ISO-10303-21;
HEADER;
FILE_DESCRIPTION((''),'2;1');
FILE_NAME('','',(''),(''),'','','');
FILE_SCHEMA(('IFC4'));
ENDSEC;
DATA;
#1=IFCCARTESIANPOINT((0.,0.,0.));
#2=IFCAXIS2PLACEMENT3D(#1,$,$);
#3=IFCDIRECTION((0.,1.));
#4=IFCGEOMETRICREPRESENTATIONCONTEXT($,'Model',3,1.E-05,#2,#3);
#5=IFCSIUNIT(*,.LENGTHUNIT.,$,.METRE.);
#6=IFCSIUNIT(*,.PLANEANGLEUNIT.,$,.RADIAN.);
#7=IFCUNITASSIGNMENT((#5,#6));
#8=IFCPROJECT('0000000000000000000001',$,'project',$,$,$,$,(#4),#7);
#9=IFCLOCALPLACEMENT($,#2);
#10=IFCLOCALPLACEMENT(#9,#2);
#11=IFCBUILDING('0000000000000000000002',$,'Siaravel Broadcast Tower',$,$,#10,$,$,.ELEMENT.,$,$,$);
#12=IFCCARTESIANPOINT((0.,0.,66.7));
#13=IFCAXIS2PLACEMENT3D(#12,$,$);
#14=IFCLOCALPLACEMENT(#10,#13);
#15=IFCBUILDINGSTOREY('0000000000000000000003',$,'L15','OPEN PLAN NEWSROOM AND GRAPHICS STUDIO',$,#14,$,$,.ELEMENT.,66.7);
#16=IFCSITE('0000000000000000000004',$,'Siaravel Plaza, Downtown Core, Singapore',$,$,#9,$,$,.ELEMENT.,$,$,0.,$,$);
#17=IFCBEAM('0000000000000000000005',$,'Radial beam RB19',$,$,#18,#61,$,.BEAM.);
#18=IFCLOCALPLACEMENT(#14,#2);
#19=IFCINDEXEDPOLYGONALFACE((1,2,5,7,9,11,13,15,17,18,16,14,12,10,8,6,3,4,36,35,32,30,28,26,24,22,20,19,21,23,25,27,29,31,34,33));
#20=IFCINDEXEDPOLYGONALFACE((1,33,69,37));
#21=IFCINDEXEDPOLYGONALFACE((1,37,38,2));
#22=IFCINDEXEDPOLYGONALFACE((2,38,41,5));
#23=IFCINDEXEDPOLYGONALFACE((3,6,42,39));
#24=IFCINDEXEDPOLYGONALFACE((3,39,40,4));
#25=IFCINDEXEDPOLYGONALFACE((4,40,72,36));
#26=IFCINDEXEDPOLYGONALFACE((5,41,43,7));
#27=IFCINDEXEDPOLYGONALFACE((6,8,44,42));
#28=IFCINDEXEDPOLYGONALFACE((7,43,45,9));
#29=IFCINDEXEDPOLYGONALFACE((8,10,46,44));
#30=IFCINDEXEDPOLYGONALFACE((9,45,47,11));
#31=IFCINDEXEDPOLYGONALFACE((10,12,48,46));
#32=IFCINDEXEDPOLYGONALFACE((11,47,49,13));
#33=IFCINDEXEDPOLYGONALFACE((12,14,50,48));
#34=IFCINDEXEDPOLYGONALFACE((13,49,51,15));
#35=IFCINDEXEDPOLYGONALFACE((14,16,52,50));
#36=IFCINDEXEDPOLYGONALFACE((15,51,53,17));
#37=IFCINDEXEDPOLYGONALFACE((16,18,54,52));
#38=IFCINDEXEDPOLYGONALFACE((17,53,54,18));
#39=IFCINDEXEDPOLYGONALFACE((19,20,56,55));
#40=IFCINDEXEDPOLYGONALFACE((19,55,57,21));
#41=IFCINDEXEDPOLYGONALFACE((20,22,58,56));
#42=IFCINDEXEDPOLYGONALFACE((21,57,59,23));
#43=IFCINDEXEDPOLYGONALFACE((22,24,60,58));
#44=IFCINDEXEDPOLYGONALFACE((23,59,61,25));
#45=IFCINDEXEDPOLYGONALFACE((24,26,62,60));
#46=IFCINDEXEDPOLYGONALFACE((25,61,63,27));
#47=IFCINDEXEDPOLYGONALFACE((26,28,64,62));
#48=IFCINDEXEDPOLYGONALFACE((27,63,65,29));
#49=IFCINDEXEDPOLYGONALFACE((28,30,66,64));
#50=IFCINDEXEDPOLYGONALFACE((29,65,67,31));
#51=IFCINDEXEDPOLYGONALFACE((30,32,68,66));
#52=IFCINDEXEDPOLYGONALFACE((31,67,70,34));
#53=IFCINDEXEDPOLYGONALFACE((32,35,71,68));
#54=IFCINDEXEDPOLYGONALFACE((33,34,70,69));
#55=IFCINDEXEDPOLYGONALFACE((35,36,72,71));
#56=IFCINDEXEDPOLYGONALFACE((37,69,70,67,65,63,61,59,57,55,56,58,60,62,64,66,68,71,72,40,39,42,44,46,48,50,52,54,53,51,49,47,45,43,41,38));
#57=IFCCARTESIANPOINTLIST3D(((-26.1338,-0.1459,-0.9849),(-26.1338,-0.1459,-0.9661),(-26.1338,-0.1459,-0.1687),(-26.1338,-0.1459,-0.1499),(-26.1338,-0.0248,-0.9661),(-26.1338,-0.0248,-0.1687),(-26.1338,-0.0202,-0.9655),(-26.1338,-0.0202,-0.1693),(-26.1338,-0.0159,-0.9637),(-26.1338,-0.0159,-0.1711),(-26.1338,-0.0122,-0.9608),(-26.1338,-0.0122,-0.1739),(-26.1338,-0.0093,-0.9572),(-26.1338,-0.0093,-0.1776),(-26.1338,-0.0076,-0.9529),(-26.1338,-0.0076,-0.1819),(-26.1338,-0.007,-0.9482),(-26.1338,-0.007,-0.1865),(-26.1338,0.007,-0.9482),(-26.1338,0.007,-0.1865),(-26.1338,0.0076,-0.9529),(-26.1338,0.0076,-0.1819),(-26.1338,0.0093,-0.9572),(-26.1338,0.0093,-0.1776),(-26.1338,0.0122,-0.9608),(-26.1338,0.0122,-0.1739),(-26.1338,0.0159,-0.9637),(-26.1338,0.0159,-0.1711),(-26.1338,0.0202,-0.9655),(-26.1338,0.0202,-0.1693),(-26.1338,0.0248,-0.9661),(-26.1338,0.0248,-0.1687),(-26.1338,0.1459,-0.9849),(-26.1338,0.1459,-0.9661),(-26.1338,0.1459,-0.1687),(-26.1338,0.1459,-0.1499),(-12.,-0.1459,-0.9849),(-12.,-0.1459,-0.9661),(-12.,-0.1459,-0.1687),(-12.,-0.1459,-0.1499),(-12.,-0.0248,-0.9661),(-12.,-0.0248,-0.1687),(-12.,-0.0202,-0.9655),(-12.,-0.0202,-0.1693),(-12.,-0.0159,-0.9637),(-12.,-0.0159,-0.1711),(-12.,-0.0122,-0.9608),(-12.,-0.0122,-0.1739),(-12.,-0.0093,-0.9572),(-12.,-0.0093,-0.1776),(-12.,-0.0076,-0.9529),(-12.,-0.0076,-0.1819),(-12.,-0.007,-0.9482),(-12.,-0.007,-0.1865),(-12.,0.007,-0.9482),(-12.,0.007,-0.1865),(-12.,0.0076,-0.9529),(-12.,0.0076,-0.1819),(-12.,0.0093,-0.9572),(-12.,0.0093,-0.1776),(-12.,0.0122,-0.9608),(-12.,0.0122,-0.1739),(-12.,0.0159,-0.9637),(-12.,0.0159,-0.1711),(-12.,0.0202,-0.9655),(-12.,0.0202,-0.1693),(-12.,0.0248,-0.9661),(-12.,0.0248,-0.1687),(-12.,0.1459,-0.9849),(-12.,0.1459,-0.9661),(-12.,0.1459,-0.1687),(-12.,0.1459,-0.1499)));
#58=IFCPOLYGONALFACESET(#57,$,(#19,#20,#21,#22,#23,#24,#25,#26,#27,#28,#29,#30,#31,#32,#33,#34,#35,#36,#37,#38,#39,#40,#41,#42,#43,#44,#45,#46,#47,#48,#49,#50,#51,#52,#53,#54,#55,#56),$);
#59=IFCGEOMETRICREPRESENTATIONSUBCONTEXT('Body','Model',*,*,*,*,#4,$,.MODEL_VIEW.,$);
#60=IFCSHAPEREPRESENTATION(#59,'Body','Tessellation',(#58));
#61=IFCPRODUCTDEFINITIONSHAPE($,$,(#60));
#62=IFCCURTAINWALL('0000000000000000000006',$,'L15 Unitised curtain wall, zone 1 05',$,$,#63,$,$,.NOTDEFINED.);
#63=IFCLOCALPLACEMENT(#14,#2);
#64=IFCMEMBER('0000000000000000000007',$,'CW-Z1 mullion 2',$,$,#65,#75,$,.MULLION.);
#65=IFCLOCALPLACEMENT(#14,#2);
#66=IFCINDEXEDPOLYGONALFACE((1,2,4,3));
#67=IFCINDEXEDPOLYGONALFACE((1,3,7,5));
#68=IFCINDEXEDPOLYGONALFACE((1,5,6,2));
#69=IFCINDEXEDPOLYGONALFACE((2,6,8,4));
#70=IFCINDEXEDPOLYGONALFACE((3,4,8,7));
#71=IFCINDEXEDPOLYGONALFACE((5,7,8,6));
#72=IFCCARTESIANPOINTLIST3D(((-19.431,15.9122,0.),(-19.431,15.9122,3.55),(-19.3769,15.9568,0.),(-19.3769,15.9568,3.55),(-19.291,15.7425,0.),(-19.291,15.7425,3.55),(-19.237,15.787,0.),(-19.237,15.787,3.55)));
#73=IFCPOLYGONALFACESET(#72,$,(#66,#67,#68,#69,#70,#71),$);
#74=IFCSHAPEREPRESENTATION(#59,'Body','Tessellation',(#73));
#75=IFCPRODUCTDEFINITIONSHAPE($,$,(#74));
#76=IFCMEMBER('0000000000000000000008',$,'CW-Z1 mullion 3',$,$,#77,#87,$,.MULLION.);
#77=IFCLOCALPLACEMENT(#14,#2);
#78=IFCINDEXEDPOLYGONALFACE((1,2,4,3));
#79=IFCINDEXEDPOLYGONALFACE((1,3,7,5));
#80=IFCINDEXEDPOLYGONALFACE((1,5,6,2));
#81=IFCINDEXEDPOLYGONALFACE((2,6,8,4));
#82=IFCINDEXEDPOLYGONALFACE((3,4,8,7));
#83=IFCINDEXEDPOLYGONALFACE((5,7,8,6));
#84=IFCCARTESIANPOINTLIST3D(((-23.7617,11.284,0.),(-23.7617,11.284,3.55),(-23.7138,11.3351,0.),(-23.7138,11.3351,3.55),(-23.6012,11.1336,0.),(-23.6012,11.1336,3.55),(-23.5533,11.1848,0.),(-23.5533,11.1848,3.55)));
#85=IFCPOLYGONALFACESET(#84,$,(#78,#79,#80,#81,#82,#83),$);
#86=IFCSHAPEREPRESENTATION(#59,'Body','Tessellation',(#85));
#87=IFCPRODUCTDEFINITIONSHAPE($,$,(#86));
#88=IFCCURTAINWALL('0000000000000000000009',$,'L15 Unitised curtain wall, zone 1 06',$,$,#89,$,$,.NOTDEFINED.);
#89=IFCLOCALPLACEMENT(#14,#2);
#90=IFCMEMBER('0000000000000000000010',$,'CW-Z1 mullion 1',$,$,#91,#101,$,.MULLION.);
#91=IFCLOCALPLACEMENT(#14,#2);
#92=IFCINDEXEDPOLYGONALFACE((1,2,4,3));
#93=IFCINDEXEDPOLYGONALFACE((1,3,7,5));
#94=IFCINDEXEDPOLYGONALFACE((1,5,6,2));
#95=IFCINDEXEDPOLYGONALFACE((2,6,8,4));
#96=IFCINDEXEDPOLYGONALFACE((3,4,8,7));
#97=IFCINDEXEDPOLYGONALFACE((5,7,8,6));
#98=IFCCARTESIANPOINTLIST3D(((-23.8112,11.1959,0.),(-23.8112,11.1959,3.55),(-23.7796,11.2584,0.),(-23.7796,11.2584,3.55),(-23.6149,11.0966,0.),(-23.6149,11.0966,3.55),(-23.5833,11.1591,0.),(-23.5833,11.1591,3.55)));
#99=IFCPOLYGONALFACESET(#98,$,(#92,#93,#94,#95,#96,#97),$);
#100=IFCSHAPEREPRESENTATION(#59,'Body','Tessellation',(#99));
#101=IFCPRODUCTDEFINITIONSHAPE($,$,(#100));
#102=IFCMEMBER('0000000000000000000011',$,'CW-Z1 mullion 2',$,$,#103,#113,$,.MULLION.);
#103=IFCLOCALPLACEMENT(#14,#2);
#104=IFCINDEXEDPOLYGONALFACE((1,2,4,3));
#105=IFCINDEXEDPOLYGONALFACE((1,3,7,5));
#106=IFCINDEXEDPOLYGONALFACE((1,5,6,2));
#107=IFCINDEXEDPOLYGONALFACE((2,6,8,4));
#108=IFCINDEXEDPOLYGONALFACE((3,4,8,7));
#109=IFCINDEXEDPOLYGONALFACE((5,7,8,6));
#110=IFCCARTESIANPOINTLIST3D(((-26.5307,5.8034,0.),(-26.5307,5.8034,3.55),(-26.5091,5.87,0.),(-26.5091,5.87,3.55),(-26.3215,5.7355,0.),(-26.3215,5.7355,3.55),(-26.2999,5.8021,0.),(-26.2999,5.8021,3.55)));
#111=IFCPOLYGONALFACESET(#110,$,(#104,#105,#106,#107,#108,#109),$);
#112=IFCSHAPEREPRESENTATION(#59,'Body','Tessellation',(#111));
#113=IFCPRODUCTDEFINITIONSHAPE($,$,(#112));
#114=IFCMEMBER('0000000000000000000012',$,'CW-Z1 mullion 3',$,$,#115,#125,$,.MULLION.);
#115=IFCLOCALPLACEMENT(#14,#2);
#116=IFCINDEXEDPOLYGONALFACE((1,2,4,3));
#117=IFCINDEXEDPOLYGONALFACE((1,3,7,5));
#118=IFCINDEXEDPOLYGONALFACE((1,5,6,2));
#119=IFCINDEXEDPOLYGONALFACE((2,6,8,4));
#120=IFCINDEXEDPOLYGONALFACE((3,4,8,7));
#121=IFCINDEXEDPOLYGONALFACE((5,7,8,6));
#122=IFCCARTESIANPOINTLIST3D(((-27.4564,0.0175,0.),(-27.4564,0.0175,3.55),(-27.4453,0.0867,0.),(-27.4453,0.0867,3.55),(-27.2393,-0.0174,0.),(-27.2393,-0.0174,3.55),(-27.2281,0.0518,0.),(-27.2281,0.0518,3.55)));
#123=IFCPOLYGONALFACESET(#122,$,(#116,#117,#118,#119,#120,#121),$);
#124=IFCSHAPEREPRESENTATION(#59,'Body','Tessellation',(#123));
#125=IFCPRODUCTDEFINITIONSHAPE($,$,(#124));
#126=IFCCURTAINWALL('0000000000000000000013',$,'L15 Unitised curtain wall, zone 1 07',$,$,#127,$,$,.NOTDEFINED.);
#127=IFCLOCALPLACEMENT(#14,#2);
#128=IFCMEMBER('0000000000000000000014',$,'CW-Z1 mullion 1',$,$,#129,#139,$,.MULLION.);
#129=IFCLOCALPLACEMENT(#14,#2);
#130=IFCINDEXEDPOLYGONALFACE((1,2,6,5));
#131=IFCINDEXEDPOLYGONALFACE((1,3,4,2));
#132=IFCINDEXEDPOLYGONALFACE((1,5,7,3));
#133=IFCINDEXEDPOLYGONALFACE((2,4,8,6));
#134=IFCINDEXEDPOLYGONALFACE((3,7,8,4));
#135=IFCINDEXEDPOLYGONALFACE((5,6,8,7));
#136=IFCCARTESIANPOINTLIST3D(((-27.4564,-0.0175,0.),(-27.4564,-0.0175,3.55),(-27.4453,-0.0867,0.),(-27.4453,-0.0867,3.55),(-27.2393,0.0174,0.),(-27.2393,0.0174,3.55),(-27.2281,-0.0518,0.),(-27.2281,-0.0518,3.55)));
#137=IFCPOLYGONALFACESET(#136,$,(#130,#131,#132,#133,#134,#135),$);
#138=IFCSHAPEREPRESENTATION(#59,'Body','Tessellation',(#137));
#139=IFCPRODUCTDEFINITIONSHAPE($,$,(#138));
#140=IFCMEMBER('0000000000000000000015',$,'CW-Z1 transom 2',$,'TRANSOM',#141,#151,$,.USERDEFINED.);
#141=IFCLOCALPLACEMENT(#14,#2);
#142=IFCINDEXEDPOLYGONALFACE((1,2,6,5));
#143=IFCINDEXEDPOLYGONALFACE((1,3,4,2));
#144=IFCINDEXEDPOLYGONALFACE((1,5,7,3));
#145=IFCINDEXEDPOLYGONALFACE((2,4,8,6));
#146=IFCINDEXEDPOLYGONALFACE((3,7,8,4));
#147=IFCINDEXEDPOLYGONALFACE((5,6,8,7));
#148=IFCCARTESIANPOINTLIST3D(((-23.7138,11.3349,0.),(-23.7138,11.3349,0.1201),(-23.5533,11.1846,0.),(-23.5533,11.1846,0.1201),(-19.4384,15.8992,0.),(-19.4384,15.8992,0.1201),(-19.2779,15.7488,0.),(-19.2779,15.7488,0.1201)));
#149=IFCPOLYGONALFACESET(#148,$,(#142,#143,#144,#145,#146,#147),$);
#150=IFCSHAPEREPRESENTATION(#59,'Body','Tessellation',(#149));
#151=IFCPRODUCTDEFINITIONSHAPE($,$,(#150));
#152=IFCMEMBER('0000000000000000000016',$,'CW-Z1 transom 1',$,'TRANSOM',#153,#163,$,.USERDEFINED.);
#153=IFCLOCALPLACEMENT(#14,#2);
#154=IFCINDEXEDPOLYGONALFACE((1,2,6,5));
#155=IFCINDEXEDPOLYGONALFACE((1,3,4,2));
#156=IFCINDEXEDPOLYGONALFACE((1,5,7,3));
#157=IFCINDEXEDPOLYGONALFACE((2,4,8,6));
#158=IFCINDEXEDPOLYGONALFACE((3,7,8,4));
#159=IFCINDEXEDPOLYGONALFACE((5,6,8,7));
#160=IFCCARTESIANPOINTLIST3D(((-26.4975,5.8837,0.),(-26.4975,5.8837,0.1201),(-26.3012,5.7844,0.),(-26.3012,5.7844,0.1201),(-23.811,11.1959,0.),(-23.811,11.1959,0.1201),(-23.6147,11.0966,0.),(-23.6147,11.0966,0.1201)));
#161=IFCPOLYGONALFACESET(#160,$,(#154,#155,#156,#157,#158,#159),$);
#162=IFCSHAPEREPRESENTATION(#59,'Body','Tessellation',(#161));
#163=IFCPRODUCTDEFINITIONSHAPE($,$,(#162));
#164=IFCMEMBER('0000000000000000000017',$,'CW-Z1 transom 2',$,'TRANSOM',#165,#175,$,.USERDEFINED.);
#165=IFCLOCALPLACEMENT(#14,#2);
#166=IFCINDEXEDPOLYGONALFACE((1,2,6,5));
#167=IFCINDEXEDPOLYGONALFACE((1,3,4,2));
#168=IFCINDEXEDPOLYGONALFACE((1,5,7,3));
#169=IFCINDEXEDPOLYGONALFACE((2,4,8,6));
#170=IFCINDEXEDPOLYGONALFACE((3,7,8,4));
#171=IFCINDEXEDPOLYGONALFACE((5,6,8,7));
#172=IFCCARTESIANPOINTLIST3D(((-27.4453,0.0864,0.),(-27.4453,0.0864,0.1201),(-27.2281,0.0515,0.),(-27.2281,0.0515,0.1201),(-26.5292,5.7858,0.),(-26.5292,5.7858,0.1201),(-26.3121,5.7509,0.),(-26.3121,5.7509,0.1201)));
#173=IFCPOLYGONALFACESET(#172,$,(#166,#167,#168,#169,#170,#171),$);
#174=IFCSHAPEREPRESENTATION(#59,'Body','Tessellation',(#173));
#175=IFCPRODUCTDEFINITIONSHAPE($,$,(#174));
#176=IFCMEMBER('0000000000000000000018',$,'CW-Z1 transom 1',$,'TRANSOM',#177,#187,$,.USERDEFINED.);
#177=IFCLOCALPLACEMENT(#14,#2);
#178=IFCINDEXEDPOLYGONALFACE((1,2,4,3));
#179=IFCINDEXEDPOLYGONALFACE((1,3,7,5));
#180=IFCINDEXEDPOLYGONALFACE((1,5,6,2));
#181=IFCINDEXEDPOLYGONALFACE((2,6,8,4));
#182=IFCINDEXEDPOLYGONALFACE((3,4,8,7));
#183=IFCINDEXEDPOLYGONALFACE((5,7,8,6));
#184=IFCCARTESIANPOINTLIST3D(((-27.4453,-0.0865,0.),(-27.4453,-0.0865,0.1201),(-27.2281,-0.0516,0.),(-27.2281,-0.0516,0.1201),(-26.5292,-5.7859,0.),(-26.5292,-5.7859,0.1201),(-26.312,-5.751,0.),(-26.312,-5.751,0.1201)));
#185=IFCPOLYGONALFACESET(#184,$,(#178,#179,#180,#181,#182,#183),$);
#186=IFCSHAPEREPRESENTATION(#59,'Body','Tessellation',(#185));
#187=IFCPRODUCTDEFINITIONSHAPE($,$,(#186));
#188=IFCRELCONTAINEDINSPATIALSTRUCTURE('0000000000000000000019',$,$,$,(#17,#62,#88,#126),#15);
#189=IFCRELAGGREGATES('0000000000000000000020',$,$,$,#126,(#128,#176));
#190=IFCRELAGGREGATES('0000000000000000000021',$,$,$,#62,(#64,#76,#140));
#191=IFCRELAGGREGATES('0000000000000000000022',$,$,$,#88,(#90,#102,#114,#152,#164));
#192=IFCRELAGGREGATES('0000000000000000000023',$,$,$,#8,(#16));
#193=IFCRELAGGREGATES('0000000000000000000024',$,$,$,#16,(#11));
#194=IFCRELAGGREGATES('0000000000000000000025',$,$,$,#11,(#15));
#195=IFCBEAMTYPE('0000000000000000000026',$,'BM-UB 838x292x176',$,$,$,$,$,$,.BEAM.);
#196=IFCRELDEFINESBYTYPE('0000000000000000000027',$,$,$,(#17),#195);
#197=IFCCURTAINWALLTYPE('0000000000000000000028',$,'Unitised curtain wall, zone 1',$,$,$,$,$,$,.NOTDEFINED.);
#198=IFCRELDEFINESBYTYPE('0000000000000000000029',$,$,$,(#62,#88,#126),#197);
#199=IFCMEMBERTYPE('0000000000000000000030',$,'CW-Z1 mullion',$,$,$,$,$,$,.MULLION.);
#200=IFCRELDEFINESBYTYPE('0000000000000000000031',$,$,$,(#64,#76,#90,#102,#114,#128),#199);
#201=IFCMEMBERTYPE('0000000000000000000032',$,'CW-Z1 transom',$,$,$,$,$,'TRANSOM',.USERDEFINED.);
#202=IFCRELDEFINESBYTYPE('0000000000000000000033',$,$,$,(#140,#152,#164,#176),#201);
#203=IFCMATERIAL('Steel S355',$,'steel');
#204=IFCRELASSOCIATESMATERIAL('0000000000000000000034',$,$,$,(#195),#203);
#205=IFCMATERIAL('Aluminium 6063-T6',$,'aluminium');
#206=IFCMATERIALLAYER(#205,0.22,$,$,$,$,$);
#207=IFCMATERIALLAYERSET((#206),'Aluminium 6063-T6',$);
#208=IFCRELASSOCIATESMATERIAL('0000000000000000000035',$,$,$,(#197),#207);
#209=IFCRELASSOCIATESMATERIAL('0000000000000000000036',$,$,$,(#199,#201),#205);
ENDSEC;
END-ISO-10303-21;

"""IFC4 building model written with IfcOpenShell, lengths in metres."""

from ifc_helpers import new_model, si_unit, direction, frame, origin, origin_2d, place, context, subcontext, project, spatial, rectangle, i_section, extrude, material, layer, layer_set, material_profile, profile_set, type_object, element, aggregate, save


model = new_model("IFC4")

# Units and contexts
model_context = context("Model", 3, precision=1e-05, world=origin(), true_north=direction((0.0, 1.0)))
body_context = subcontext(model_context, "Body", "Model", "MODEL_VIEW")
ifc_project = project(units=[si_unit("LENGTHUNIT", "METRE"), si_unit("PLANEANGLEUNIT", "RADIAN")], contexts=[model_context])

# Site, building, storey
site_placement = place(None, origin())
site = spatial("IfcSite", under=ifc_project, at=site_placement, Name="Siaravel Plaza, Downtown Core, Singapore", CompositionType="ELEMENT", RefElevation=0.0)
building_placement = place(site_placement, origin())
building = spatial("IfcBuilding", under=site, at=building_placement, Name="Siaravel Broadcast Tower", CompositionType="ELEMENT")
storey_placement = place(building_placement, frame((0.0, 0.0, 66.7)))
storey = spatial("IfcBuildingStorey", under=building, at=storey_placement, Name="L15", Description="OPEN PLAN NEWSROOM AND GRAPHICS STUDIO", CompositionType="ELEMENT", Elevation=66.7)

# Beam
ifc_material_1 = material(Name="Steel S355", Category="steel")
ifc_material_profile_1 = material_profile(ifc_material_1, i_section(OverallWidth=0.2917, OverallDepth=0.835, WebThickness=0.0139, FlangeThickness=0.0188, FilletRadius=0.0178, at=origin_2d()))
ifc_profile_set_1 = profile_set([ifc_material_profile_1], Name="Steel S355")
beam_type = type_object("IfcBeamType", Name="BM-UB 838x292x176", PredefinedType="BEAM", material=ifc_profile_set_1)
beam_1_placement = place(storey_placement, frame((-26.1338, 0.0, -0.5674), z_axis=(1.0, 0.0, 0.0), x_axis=(0.0, 1.0, 0.0)))
element("IfcBeam", 1, at=beam_1_placement, inside=storey, type_object=beam_type, Name="Radial beam RB19", PredefinedType="BEAM", context=body_context, shape_type="SweptSolid", body=[
    extrude(i_section(OverallWidth=0.2917, OverallDepth=0.835, WebThickness=0.0139, FlangeThickness=0.0188, FilletRadius=0.0178, at=origin_2d()), origin(), (0.0, 0.0, 1.0), 14.1338),
])

# Curtain walls, members
ifc_material_2 = material(Name="Aluminium 6063-T6", Category="aluminium")
ifc_layer_1 = layer(ifc_material_2, 0.22)
ifc_layer_set_1 = layer_set([ifc_layer_1], Name="Aluminium 6063-T6")
curtain_wall_type = type_object("IfcCurtainWallType", Name="Unitised curtain wall, zone 1", PredefinedType="NOTDEFINED", material=ifc_layer_set_1)
curtain_wall_1_placement = place(storey_placement, origin())
curtain_wall_1 = element("IfcCurtainWall", 2, at=curtain_wall_1_placement, inside=storey, type_object=curtain_wall_type, Name="L15 Unitised curtain wall, zone 1 05", PredefinedType="NOTDEFINED")
ifc_material_profile_2 = material_profile(ifc_material_2, rectangle(XDim=0.22, YDim=0.0701, at=origin_2d()))
ifc_profile_set_2 = profile_set([ifc_material_profile_2], Name="Aluminium 6063-T6")
member_type_1 = type_object("IfcMemberType", Name="CW-Z1 mullion", PredefinedType="MULLION", material=ifc_profile_set_2)
member_1_placement = place(storey_placement, frame((-19.334, 15.8496, 0.0), z_axis=(0.0, 0.0, 1.0), x_axis=(0.636217, -0.77151, 0.0)))
member_1 = element("IfcMember", 3, at=member_1_placement, type_object=member_type_1, Name="CW-Z1 mullion 2", PredefinedType="MULLION", context=body_context, shape_type="SweptSolid", body=[
    extrude(rectangle(XDim=0.22, YDim=0.0701, at=origin_2d()), origin(), (0.0, 0.0, 1.0), 3.55),
])
member_2_placement = place(storey_placement, frame((-23.6575, 11.2344, 0.0), z_axis=(0.0, 0.0, 1.0), x_axis=(0.729804, -0.683657, 0.0)))
member_2 = element("IfcMember", 4, at=member_2_placement, type_object=member_type_1, Name="CW-Z1 mullion 3", PredefinedType="MULLION", context=body_context, shape_type="SweptSolid", body=[
    extrude(rectangle(XDim=0.22, YDim=0.0701, at=origin_2d()), origin(), (0.0, 0.0, 1.0), 3.55),
])
curtain_wall_2_placement = place(storey_placement, origin())
curtain_wall_2 = element("IfcCurtainWall", 5, at=curtain_wall_2_placement, inside=storey, type_object=curtain_wall_type, Name="L15 Unitised curtain wall, zone 1 06", PredefinedType="NOTDEFINED")
member_3_placement = place(storey_placement, frame((-23.6973, 11.1775, 0.0), z_axis=(0.0, 0.0, 1.0), x_axis=(0.892391, -0.451262, 0.0)))
member_3 = element("IfcMember", 6, at=member_3_placement, type_object=member_type_1, Name="CW-Z1 mullion 1", PredefinedType="MULLION", context=body_context, shape_type="SweptSolid", body=[
    extrude(rectangle(XDim=0.22, YDim=0.0701, at=origin_2d()), origin(), (0.0, 0.0, 1.0), 3.55),
])
member_4_placement = place(storey_placement, frame((-26.4153, 5.8027, 0.0), z_axis=(0.0, 0.0, 1.0), x_axis=(0.951177, -0.308646, 0.0)))
member_4 = element("IfcMember", 7, at=member_4_placement, type_object=member_type_1, Name="CW-Z1 mullion 2", PredefinedType="MULLION", context=body_context, shape_type="SweptSolid", body=[
    extrude(rectangle(XDim=0.22, YDim=0.0701, at=origin_2d()), origin(), (0.0, 0.0, 1.0), 3.55),
])
member_5_placement = place(storey_placement, frame((-27.3423, 0.0347, 0.0), z_axis=(0.0, 0.0, 1.0), x_axis=(0.987329, -0.158686, 0.0)))
member_5 = element("IfcMember", 8, at=member_5_placement, type_object=member_type_1, Name="CW-Z1 mullion 3", PredefinedType="MULLION", context=body_context, shape_type="SweptSolid", body=[
    extrude(rectangle(XDim=0.22, YDim=0.0701, at=origin_2d()), origin(), (0.0, 0.0, 1.0), 3.55),
])

# Curtain wall, member
curtain_wall_3_placement = place(storey_placement, origin())
curtain_wall_3 = element("IfcCurtainWall", 9, at=curtain_wall_3_placement, inside=storey, type_object=curtain_wall_type, Name="L15 Unitised curtain wall, zone 1 07", PredefinedType="NOTDEFINED")
member_6_placement = place(storey_placement, frame((-27.3423, -0.0347, 0.0), z_axis=(0.0, 0.0, 1.0), x_axis=(0.987329, 0.158686, 0.0)))
member_6 = element("IfcMember", 10, at=member_6_placement, type_object=member_type_1, Name="CW-Z1 mullion 1", PredefinedType="MULLION", context=body_context, shape_type="SweptSolid", body=[
    extrude(rectangle(XDim=0.22, YDim=0.0701, at=origin_2d()), origin(), (0.0, 0.0, 1.0), 3.55),
])

# Members
ifc_material_profile_3 = material_profile(ifc_material_2, rectangle(XDim=0.22, YDim=0.1201, at=origin_2d()))
ifc_profile_set_3 = profile_set([ifc_material_profile_3], Name="Aluminium 6063-T6")
member_type_2 = type_object("IfcMemberType", Name="CW-Z1 transom", ElementType="TRANSOM", PredefinedType="USERDEFINED", material=ifc_profile_set_3)
member_7_placement = place(storey_placement, frame((-19.3582, 15.824, 0.0601), z_axis=(-0.683639, -0.729821, 0.0), x_axis=(0.729821, -0.683639, 0.0)))
member_7 = element("IfcMember", 11, at=member_7_placement, type_object=member_type_2, Name="CW-Z1 transom 2", ObjectType="TRANSOM", PredefinedType="USERDEFINED", context=body_context, shape_type="SweptSolid", body=[
    extrude(rectangle(XDim=0.22, YDim=0.1201, at=origin_2d()), origin(), (0.0, 0.0, 1.0), 6.2539),
])
member_8_placement = place(storey_placement, frame((-23.7129, 11.1462, 0.0601), z_axis=(-0.451294, -0.892375, 0.0), x_axis=(0.892375, -0.451294, 0.0)))
member_8 = element("IfcMember", 12, at=member_8_placement, type_object=member_type_2, Name="CW-Z1 transom 1", ObjectType="TRANSOM", PredefinedType="USERDEFINED", context=body_context, shape_type="SweptSolid", body=[
    extrude(rectangle(XDim=0.22, YDim=0.1201, at=origin_2d()), origin(), (0.0, 0.0, 1.0), 5.9529),
])
member_9_placement = place(storey_placement, frame((-26.4207, 5.7683, 0.0601), z_axis=(-0.15869, -0.987328, 0.0), x_axis=(0.987328, -0.15869, 0.0)))
member_9 = element("IfcMember", 13, at=member_9_placement, type_object=member_type_2, Name="CW-Z1 transom 2", ObjectType="TRANSOM", PredefinedType="USERDEFINED", context=body_context, shape_type="SweptSolid", body=[
    extrude(rectangle(XDim=0.22, YDim=0.1201, at=origin_2d()), origin(), (0.0, 0.0, 1.0), 5.7725),
])
member_10_placement = place(storey_placement, frame((-27.3367, -0.0691, 0.0601), z_axis=(0.15869, -0.987328, 0.0), x_axis=(0.987328, 0.15869, 0.0)))
member_10 = element("IfcMember", 14, at=member_10_placement, type_object=member_type_2, Name="CW-Z1 transom 1", ObjectType="TRANSOM", PredefinedType="USERDEFINED", context=body_context, shape_type="SweptSolid", body=[
    extrude(rectangle(XDim=0.22, YDim=0.1201, at=origin_2d()), origin(), (0.0, 0.0, 1.0), 5.7725),
])
aggregate(curtain_wall_3, [member_6, member_10])

aggregate(curtain_wall_1, [member_1, member_2, member_7])
aggregate(curtain_wall_2, [member_3, member_4, member_5, member_8, member_9])

save(model, "model.ifc")
